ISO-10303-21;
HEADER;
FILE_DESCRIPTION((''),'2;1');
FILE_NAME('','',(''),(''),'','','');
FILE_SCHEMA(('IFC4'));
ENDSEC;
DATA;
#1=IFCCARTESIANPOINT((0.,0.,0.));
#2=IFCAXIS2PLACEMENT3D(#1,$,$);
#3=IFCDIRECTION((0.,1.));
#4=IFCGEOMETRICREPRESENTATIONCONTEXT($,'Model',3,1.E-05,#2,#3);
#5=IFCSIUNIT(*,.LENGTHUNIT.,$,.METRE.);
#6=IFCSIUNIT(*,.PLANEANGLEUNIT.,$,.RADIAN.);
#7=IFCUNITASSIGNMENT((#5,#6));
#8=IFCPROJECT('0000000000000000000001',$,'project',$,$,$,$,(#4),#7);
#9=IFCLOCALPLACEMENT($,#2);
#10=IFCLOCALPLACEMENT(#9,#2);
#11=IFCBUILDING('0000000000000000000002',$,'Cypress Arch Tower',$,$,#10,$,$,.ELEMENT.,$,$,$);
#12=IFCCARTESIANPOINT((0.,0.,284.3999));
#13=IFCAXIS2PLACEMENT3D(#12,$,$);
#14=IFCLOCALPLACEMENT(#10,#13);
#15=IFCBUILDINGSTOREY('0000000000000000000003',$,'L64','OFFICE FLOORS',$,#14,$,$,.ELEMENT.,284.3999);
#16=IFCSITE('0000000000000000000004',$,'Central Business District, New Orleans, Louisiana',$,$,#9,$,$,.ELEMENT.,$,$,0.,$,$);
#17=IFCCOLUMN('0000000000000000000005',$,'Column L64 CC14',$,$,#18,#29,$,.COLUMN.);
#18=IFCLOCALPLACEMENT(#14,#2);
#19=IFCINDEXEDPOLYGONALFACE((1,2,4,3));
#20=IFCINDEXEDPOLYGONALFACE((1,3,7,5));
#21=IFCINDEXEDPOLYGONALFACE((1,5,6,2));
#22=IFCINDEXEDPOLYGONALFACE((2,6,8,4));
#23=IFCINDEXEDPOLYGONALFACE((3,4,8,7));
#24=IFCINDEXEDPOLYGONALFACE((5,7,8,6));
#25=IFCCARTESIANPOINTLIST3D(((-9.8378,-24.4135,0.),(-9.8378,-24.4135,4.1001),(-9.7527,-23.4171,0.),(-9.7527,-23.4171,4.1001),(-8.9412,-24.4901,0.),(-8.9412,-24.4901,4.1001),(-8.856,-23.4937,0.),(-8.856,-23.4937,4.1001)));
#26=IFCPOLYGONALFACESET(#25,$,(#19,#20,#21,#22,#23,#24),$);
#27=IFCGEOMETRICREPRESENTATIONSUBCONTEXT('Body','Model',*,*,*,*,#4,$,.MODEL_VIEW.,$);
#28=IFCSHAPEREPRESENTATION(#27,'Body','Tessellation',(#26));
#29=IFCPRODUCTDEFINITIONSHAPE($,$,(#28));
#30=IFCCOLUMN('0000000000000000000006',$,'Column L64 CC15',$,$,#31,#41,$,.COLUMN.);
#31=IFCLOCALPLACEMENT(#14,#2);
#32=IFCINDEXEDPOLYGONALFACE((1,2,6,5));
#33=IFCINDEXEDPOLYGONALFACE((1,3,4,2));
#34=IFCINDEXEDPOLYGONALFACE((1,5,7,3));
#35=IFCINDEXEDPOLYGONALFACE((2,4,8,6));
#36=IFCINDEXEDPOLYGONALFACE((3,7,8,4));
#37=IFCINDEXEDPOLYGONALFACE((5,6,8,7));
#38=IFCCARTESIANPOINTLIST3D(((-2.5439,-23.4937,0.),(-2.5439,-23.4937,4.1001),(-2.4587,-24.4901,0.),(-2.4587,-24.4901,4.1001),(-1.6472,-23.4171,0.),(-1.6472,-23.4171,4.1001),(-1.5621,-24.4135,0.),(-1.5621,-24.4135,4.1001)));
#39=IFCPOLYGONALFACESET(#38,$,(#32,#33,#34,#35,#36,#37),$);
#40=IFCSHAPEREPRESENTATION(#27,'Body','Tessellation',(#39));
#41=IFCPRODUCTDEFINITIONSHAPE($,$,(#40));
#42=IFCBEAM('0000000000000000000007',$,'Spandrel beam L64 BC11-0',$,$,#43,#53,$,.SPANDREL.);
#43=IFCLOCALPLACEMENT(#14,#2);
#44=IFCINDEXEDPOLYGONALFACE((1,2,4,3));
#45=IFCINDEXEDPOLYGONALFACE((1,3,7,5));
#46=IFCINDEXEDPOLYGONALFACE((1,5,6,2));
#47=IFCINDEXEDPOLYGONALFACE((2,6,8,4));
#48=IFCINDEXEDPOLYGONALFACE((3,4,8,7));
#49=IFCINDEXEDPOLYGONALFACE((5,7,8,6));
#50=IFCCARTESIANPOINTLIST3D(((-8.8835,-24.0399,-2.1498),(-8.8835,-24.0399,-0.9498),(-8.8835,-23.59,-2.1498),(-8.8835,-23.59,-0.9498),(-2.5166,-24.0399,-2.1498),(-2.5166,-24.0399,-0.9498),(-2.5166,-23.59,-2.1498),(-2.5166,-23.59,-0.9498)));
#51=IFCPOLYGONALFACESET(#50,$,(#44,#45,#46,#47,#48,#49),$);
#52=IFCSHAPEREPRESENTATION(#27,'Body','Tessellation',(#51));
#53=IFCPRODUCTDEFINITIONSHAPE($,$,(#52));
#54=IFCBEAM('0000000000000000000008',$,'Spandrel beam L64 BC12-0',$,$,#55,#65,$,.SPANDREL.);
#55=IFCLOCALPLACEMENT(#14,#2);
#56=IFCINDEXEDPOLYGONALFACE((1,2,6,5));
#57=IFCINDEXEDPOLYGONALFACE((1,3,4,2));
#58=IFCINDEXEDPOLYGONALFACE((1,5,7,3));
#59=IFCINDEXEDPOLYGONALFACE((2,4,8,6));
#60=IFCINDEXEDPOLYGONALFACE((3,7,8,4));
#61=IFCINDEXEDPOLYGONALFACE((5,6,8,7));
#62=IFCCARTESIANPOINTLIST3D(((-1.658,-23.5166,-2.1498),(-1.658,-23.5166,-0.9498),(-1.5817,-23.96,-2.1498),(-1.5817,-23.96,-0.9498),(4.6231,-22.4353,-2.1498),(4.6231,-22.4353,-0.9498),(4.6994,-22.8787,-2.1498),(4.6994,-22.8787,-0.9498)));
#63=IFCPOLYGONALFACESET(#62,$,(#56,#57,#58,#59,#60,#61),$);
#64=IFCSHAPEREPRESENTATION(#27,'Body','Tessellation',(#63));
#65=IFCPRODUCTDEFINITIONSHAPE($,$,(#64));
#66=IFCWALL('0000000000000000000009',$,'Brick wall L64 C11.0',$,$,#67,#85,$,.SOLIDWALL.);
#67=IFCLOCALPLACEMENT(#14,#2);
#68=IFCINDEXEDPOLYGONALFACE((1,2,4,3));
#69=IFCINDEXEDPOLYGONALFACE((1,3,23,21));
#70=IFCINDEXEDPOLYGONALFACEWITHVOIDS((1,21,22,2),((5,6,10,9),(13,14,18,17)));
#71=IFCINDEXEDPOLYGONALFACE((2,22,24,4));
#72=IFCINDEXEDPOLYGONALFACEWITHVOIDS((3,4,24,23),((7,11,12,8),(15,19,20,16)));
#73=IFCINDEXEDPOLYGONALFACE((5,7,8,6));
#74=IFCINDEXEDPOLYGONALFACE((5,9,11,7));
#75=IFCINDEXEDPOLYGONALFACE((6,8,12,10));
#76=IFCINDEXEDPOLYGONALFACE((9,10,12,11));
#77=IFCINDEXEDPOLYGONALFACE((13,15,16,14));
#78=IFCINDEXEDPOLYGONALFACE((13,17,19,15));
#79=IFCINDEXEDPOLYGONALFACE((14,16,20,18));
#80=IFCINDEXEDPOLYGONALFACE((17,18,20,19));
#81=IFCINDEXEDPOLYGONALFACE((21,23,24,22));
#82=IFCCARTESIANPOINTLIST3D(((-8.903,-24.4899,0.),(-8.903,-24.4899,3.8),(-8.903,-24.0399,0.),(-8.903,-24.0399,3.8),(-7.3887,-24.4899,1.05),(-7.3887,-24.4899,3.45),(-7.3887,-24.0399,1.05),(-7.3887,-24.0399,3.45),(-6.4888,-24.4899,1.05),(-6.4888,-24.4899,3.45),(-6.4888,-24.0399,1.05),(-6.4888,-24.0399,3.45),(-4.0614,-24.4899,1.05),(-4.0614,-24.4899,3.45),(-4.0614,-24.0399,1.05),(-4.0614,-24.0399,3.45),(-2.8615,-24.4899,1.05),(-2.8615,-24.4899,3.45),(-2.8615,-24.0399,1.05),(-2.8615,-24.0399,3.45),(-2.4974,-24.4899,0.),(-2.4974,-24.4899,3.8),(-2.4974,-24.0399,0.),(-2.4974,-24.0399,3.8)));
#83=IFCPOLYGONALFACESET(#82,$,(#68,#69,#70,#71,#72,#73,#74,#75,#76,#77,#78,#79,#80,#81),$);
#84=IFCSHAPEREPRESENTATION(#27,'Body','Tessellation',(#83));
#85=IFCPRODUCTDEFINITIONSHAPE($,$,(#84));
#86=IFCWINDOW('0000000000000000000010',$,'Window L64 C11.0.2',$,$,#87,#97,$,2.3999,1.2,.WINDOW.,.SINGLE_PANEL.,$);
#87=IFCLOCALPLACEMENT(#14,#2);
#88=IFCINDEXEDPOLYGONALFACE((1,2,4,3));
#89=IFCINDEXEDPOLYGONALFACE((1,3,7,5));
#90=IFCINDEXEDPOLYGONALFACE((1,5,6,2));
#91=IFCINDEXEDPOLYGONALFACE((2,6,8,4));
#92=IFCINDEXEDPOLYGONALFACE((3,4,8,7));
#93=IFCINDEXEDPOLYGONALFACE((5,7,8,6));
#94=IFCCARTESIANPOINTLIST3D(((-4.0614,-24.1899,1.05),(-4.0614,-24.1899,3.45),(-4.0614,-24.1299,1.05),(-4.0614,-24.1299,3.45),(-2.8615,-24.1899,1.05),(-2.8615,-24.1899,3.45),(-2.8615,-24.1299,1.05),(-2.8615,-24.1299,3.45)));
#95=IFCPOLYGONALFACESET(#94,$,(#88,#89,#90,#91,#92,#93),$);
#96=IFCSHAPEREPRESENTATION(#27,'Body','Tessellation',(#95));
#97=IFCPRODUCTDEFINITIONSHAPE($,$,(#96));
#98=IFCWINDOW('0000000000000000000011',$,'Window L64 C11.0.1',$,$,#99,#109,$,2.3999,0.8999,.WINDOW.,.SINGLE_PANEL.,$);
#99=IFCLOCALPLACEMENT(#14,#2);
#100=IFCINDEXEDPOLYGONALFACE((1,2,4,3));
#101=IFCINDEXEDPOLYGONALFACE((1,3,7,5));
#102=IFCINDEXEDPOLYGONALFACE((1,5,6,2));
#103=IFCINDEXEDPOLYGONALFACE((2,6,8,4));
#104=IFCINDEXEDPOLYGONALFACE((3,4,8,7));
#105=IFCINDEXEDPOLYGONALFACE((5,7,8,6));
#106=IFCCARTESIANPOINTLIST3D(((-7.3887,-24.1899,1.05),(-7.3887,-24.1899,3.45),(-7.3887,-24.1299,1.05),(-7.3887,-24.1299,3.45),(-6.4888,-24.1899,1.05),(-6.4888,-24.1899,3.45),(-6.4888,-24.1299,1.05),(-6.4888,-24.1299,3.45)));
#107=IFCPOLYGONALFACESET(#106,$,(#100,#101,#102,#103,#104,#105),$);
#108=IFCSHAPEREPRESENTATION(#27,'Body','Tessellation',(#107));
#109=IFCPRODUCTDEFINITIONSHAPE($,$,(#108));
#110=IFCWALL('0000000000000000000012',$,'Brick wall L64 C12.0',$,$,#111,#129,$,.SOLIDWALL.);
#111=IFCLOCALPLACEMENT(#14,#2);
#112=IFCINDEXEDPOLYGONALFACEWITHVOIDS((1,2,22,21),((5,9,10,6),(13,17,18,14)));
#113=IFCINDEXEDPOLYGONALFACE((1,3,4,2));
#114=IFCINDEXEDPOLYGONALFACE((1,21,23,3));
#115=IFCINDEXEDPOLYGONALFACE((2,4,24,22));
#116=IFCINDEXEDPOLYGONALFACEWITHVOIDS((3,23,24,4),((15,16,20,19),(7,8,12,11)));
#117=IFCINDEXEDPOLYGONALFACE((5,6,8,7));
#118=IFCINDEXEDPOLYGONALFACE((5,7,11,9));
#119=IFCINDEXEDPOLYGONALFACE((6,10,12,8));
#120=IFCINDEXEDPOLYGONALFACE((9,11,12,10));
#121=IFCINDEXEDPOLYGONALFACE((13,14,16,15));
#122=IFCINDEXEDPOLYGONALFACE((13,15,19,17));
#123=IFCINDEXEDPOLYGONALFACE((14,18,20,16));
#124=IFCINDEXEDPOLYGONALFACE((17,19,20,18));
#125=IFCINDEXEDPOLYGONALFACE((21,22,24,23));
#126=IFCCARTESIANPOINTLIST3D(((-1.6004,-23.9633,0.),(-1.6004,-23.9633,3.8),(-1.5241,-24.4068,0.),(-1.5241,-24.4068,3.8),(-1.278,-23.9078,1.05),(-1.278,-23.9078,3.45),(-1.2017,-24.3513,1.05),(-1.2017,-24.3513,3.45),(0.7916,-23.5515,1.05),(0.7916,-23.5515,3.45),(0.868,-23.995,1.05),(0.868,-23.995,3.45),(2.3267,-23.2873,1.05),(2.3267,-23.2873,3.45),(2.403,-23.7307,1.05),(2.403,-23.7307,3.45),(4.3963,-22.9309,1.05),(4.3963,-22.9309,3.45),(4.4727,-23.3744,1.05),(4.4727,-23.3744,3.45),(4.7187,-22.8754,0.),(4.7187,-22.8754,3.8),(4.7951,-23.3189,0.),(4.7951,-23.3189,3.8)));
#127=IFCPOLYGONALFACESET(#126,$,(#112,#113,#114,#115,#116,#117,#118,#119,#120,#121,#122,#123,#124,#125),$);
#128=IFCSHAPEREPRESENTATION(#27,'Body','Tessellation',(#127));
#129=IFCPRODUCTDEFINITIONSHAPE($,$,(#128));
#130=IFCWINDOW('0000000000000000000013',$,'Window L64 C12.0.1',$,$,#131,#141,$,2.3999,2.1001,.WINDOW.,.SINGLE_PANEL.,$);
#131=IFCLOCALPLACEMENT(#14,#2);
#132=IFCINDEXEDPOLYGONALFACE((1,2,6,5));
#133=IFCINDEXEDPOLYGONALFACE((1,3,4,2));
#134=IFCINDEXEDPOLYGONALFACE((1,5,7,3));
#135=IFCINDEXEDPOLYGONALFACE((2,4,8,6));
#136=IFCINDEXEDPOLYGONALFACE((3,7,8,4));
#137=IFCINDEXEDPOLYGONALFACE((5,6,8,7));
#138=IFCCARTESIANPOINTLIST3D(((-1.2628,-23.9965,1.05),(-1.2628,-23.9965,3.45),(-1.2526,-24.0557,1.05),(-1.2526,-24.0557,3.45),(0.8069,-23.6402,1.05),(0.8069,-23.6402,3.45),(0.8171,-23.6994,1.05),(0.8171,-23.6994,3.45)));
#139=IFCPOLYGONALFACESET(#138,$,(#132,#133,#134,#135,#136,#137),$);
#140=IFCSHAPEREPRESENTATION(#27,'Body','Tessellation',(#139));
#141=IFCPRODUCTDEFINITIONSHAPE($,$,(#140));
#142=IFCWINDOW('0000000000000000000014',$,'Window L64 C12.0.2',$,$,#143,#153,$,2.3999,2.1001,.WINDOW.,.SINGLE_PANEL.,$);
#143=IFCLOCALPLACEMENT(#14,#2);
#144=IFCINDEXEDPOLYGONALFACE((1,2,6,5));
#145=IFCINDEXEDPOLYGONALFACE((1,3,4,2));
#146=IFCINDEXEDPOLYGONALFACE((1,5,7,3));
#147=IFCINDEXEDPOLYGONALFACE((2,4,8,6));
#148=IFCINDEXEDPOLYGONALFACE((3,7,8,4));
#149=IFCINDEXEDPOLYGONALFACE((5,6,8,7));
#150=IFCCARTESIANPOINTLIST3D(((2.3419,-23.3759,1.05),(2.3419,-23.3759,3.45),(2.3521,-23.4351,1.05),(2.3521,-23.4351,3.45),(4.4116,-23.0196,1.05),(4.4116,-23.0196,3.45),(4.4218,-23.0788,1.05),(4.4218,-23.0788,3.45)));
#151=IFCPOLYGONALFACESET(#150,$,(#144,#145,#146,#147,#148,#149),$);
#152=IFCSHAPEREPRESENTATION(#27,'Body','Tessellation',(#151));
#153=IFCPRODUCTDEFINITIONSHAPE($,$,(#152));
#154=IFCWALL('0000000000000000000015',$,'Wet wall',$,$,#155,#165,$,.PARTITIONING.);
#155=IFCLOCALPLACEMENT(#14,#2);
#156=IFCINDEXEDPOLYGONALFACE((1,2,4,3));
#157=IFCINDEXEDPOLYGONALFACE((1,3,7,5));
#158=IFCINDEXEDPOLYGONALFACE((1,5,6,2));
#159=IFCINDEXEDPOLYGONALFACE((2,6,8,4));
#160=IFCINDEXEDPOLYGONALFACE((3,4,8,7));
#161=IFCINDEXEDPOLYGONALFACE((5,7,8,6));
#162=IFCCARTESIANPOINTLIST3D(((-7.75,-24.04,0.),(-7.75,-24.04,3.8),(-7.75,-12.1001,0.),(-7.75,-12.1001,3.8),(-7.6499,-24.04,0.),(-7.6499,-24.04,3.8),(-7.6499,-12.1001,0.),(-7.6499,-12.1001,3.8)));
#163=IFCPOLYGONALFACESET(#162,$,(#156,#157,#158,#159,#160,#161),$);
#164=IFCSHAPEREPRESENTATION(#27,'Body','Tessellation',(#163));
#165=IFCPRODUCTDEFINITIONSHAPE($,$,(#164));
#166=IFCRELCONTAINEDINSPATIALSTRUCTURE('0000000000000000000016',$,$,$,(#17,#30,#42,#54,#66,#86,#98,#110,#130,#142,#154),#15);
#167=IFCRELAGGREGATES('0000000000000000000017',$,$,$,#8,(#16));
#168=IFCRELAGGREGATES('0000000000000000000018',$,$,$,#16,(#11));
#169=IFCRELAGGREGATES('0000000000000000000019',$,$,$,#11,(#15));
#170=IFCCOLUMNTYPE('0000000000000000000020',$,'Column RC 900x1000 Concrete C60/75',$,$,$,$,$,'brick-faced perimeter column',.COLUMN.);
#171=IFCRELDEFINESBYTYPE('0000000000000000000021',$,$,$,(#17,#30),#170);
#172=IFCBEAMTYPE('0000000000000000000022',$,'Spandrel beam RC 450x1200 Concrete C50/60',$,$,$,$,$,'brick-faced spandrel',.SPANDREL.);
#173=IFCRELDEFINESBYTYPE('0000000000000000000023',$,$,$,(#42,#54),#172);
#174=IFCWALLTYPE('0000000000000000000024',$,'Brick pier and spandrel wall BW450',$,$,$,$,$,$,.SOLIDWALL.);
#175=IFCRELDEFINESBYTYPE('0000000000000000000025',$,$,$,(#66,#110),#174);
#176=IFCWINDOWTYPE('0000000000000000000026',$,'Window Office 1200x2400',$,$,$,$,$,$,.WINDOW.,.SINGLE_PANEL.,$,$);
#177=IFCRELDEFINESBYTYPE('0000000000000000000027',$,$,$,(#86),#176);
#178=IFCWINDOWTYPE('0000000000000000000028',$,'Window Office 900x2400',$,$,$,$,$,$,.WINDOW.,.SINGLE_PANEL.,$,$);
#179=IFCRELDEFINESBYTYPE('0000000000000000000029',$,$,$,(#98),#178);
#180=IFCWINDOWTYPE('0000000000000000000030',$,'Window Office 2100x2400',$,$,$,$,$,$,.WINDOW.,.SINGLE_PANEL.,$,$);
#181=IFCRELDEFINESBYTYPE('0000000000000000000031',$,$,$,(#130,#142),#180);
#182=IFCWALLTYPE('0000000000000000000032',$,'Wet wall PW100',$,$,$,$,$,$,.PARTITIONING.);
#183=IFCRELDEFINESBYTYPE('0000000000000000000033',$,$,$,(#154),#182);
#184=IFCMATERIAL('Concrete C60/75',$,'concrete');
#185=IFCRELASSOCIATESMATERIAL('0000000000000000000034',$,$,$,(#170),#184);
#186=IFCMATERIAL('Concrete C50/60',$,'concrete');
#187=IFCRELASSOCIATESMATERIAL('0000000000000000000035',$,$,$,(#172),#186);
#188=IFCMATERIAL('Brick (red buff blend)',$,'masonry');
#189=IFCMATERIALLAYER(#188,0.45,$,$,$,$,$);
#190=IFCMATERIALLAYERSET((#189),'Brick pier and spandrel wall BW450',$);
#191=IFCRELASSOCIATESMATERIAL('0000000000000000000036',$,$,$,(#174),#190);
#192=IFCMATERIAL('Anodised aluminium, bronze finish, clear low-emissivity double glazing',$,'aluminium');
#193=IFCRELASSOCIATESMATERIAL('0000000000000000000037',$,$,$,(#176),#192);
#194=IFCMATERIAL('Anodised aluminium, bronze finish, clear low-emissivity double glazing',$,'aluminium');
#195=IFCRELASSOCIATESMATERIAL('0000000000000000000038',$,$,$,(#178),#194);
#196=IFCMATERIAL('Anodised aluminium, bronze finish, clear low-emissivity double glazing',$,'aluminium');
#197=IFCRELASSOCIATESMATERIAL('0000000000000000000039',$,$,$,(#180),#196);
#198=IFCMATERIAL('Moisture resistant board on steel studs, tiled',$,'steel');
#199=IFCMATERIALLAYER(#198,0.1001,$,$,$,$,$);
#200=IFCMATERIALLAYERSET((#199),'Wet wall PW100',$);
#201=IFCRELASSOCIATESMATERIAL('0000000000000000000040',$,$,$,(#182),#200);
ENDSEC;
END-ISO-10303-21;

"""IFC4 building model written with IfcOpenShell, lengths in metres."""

from ifc_helpers import new_model, si_unit, direction, frame, frame_2d, origin, origin_2d, place, context, subcontext, project, spatial, rectangle, extrude, material, layer, layer_set, material_profile, profile_set, type_object, element, fill, save


model = new_model("IFC4")

# Units and contexts
model_context = context("Model", 3, precision=1e-05, world=origin(), true_north=direction((0.0, 1.0)))
body_context = subcontext(model_context, "Body", "Model", "MODEL_VIEW")
ifc_project = project(units=[si_unit("LENGTHUNIT", "METRE"), si_unit("PLANEANGLEUNIT", "RADIAN")], contexts=[model_context])

# Site, building, storey
site_placement = place(None, origin())
site = spatial("IfcSite", under=ifc_project, at=site_placement, Name="Central Business District, New Orleans, Louisiana", CompositionType="ELEMENT", RefElevation=0.0)
building_placement = place(site_placement, origin())
building = spatial("IfcBuilding", under=site, at=building_placement, Name="Cypress Arch Tower", CompositionType="ELEMENT")
storey_placement = place(building_placement, frame((0.0, 0.0, 284.3999)))
storey = spatial("IfcBuildingStorey", under=building, at=storey_placement, Name="L64", Description="OFFICE FLOORS", CompositionType="ELEMENT", Elevation=284.3999)

# Columns
ifc_material_1 = material(Name="Concrete C60/75", Category="concrete")
ifc_material_profile_1 = material_profile(ifc_material_1, rectangle(XDim=0.8999, YDim=1.0, at=origin_2d()), Name="RC 900x1000")
ifc_profile_set_1 = profile_set([ifc_material_profile_1], Name="Concrete C60/75")
column_type = type_object("IfcColumnType", Name="Column RC 900x1000 Concrete C60/75", ElementType="brick-faced perimeter column", PredefinedType="COLUMN", material=ifc_profile_set_1)
for number, where, z_axis, x_axis, name in (
    (1, (-9.3469, -23.9536, 0.0), (0.0, 0.0, 1.0), (0.996368, -0.085149, 0.0), "Column L64 CC14"),
    (2, (-2.053, -23.9536, 0.0), (0.0, 0.0, 1.0), (0.996368, 0.085149, 0.0), "Column L64 CC15"),
):
    element("IfcColumn", number, at=place(storey_placement, frame(where, z_axis=z_axis, x_axis=x_axis)), inside=storey, type_object=column_type, Name=name, PredefinedType="COLUMN", context=body_context, shape_type="SweptSolid", body=[
        extrude(rectangle(XDim=0.8999, YDim=1.0, at=origin_2d()), origin(), (0.0, 0.0, 1.0), 4.1001),
    ])

# Beams
ifc_material_2 = material(Name="Concrete C50/60", Category="concrete")
ifc_material_profile_2 = material_profile(ifc_material_2, rectangle(XDim=0.45, YDim=1.2, at=origin_2d()), Name="RC 450x1200")
ifc_profile_set_2 = profile_set([ifc_material_profile_2], Name="Concrete C50/60")
beam_type = type_object("IfcBeamType", Name="Spandrel beam RC 450x1200 Concrete C50/60", ElementType="brick-faced spandrel", PredefinedType="SPANDREL", material=ifc_profile_set_2)
beam_1_placement = place(storey_placement, frame((-8.8835, -23.8149, -1.5498), z_axis=(1.0, 0.0, 0.0), x_axis=(0.0, 1.0, 0.0)))
element("IfcBeam", 3, at=beam_1_placement, inside=storey, type_object=beam_type, Name="Spandrel beam L64 BC11-0", PredefinedType="SPANDREL", context=body_context, shape_type="SweptSolid", body=[
    extrude(rectangle(XDim=0.45, YDim=1.2, at=origin_2d()), origin(), (0.0, 0.0, 1.0), 6.3669),
])
beam_2_placement = place(storey_placement, frame((-1.6199, -23.7383, -1.5498), z_axis=(0.985504, 0.169652, 0.0), x_axis=(-0.169652, 0.985504, 0.0)))
element("IfcBeam", 4, at=beam_2_placement, inside=storey, type_object=beam_type, Name="Spandrel beam L64 BC12-0", PredefinedType="SPANDREL", context=body_context, shape_type="SweptSolid", body=[
    extrude(rectangle(XDim=0.45, YDim=1.2, at=origin_2d()), origin(), (0.0, 0.0, 1.0), 6.3735),
])

# Walls, openings, windows
ifc_material_3 = material(Name="Brick (red buff blend)", Category="masonry")
ifc_layer_1 = layer(ifc_material_3, 0.45)
ifc_layer_set_1 = layer_set([ifc_layer_1], Name="Brick pier and spandrel wall BW450")
wall_type_1 = type_object("IfcWallType", Name="Brick pier and spandrel wall BW450", PredefinedType="SOLIDWALL", material=ifc_layer_set_1)
wall_1_placement = place(storey_placement, frame((-8.9028, -24.2649, 0.0), z_axis=(0.0, 0.0, 1.0), x_axis=(1.0, 0.0, 0.0)))
wall_1 = element("IfcWall", 5, at=wall_1_placement, inside=storey, type_object=wall_type_1, Name="Brick wall L64 C11.0", PredefinedType="SOLIDWALL", context=body_context, shape_type="SweptSolid", body=[
    extrude(rectangle(XDim=6.4055, YDim=0.45, at=frame_2d((3.2026, 0.0))), origin(), (0.0, 0.0, 1.0), 3.8),
])
opening_1_placement = place(wall_1_placement, frame((1.5142, 0.0, 1.05)))
opening_1 = element("IfcOpeningElement", 6, at=opening_1_placement, cuts=wall_1, PredefinedType="OPENING", context=body_context, shape_type="SweptSolid", body=[
    extrude(rectangle(XDim=0.8999, YDim=2.3999, at=frame_2d((0.45, 1.2))), frame((0.0, 0.2349, 0.0), z_axis=(0.0, -1.0, 0.0), x_axis=(1.0, 0.0, 0.0)), (0.0, 0.0, 1.0), 0.47),
])
opening_2_placement = place(wall_1_placement, frame((4.8413, 0.0, 1.05)))
opening_2 = element("IfcOpeningElement", 7, at=opening_2_placement, cuts=wall_1, PredefinedType="OPENING", context=body_context, shape_type="SweptSolid", body=[
    extrude(rectangle(XDim=1.2, YDim=2.3999, at=frame_2d((0.6001, 1.2))), frame((0.0, 0.2349, 0.0), z_axis=(0.0, -1.0, 0.0), x_axis=(1.0, 0.0, 0.0)), (0.0, 0.0, 1.0), 0.47),
])
ifc_material_4 = material(Name="Anodised aluminium, bronze finish, clear low-emissivity double glazing", Category="aluminium")
window_type_1 = type_object("IfcWindowType", Name="Window Office 1200x2400", PartitioningType="SINGLE_PANEL", PredefinedType="WINDOW", material=ifc_material_4)
window_1_placement = place(opening_2_placement, origin())
window_1 = element("IfcWindow", 8, at=window_1_placement, inside=storey, type_object=window_type_1, Name="Window L64 C11.0.2", OverallHeight=2.3999, OverallWidth=1.2, PartitioningType="SINGLE_PANEL", PredefinedType="WINDOW", context=body_context, shape_type="SweptSolid", body=[
    extrude(rectangle(XDim=1.2, YDim=2.3999, at=frame_2d((0.6001, 1.2))), frame((0.0, 0.135, 0.0), z_axis=(0.0, -1.0, 0.0), x_axis=(1.0, 0.0, 0.0)), (0.0, 0.0, 1.0), 0.0601),
])
fill(opening_2, window_1)
ifc_material_5 = material(Name="Anodised aluminium, bronze finish, clear low-emissivity double glazing", Category="aluminium")
window_type_2 = type_object("IfcWindowType", Name="Window Office 900x2400", PartitioningType="SINGLE_PANEL", PredefinedType="WINDOW", material=ifc_material_5)
window_2_placement = place(opening_1_placement, origin())
window_2 = element("IfcWindow", 9, at=window_2_placement, inside=storey, type_object=window_type_2, Name="Window L64 C11.0.1", OverallHeight=2.3999, OverallWidth=0.8999, PartitioningType="SINGLE_PANEL", PredefinedType="WINDOW", context=body_context, shape_type="SweptSolid", body=[
    extrude(rectangle(XDim=0.8999, YDim=2.3999, at=frame_2d((0.45, 1.2))), frame((0.0, 0.135, 0.0), z_axis=(0.0, -1.0, 0.0), x_axis=(1.0, 0.0, 0.0)), (0.0, 0.0, 1.0), 0.0601),
])
fill(opening_1, window_2)
wall_2_placement = place(storey_placement, frame((-1.5623, -24.1851, 0.0), z_axis=(0.0, 0.0, 1.0), x_axis=(0.985502, 0.169663, 0.0)))
wall_2 = element("IfcWall", 10, at=wall_2_placement, inside=storey, type_object=wall_type_1, Name="Brick wall L64 C12.0", PredefinedType="SOLIDWALL", context=body_context, shape_type="SweptSolid", body=[
    extrude(rectangle(XDim=6.4121, YDim=0.45, at=frame_2d((3.2061, 0.0))), origin(), (0.0, 0.0, 1.0), 3.8),
])
opening_3_placement = place(wall_2_placement, frame((0.3271, 0.0, 1.05)))
opening_3 = element("IfcOpeningElement", 11, at=opening_3_placement, cuts=wall_2, PredefinedType="OPENING", context=body_context, shape_type="SweptSolid", body=[
    extrude(rectangle(XDim=2.1001, YDim=2.3999, at=frame_2d((1.05, 1.2))), frame((0.0, 0.2349, 0.0), z_axis=(0.0, -1.0, 0.0), x_axis=(1.0, 0.0, 0.0)), (0.0, 0.0, 1.0), 0.47),
])
opening_4_placement = place(wall_2_placement, frame((3.9849, 0.0, 1.05)))
opening_4 = element("IfcOpeningElement", 12, at=opening_4_placement, cuts=wall_2, PredefinedType="OPENING", context=body_context, shape_type="SweptSolid", body=[
    extrude(rectangle(XDim=2.1001, YDim=2.3999, at=frame_2d((1.05, 1.2))), frame((0.0, 0.2349, 0.0), z_axis=(0.0, -1.0, 0.0), x_axis=(1.0, 0.0, 0.0)), (0.0, 0.0, 1.0), 0.47),
])
ifc_material_6 = material(Name="Anodised aluminium, bronze finish, clear low-emissivity double glazing", Category="aluminium")
window_type_3 = type_object("IfcWindowType", Name="Window Office 2100x2400", PartitioningType="SINGLE_PANEL", PredefinedType="WINDOW", material=ifc_material_6)
window_3_placement = place(opening_3_placement, origin())
window_3 = element("IfcWindow", 13, at=window_3_placement, inside=storey, type_object=window_type_3, Name="Window L64 C12.0.1", OverallHeight=2.3999, OverallWidth=2.1001, PartitioningType="SINGLE_PANEL", PredefinedType="WINDOW", context=body_context, shape_type="SweptSolid", body=[
    extrude(rectangle(XDim=2.1001, YDim=2.3999, at=frame_2d((1.05, 1.2))), frame((0.0, 0.135, 0.0), z_axis=(0.0, -1.0, 0.0), x_axis=(1.0, 0.0, 0.0)), (0.0, 0.0, 1.0), 0.0601),
])
fill(opening_3, window_3)
window_4_placement = place(opening_4_placement, origin())
window_4 = element("IfcWindow", 14, at=window_4_placement, inside=storey, type_object=window_type_3, Name="Window L64 C12.0.2", OverallHeight=2.3999, OverallWidth=2.1001, PartitioningType="SINGLE_PANEL", PredefinedType="WINDOW", context=body_context, shape_type="SweptSolid", body=[
    extrude(rectangle(XDim=2.1001, YDim=2.3999, at=frame_2d((1.05, 1.2))), frame((0.0, 0.135, 0.0), z_axis=(0.0, -1.0, 0.0), x_axis=(1.0, 0.0, 0.0)), (0.0, 0.0, 1.0), 0.0601),
])
fill(opening_4, window_4)

# Wall
ifc_material_7 = material(Name="Moisture resistant board on steel studs, tiled", Category="steel")
ifc_layer_2 = layer(ifc_material_7, 0.1001)
ifc_layer_set_2 = layer_set([ifc_layer_2], Name="Wet wall PW100")
wall_type_2 = type_object("IfcWallType", Name="Wet wall PW100", PredefinedType="PARTITIONING", material=ifc_layer_set_2)
for number, where, z_axis, x_axis, name in (
    (15, (-7.7, -24.04, 0.0), (0.0, 0.0, 1.0), (0.0, 1.0, 0.0), "Wet wall"),
):
    element("IfcWall", number, at=place(storey_placement, frame(where, z_axis=z_axis, x_axis=x_axis)), inside=storey, type_object=wall_type_2, Name=name, PredefinedType="PARTITIONING", context=body_context, shape_type="SweptSolid", body=[
        extrude(rectangle(XDim=11.9399, YDim=0.1001, at=frame_2d((5.97, 0.0))), origin(), (0.0, 0.0, 1.0), 3.8),
    ])

save(model, "model.ifc")
